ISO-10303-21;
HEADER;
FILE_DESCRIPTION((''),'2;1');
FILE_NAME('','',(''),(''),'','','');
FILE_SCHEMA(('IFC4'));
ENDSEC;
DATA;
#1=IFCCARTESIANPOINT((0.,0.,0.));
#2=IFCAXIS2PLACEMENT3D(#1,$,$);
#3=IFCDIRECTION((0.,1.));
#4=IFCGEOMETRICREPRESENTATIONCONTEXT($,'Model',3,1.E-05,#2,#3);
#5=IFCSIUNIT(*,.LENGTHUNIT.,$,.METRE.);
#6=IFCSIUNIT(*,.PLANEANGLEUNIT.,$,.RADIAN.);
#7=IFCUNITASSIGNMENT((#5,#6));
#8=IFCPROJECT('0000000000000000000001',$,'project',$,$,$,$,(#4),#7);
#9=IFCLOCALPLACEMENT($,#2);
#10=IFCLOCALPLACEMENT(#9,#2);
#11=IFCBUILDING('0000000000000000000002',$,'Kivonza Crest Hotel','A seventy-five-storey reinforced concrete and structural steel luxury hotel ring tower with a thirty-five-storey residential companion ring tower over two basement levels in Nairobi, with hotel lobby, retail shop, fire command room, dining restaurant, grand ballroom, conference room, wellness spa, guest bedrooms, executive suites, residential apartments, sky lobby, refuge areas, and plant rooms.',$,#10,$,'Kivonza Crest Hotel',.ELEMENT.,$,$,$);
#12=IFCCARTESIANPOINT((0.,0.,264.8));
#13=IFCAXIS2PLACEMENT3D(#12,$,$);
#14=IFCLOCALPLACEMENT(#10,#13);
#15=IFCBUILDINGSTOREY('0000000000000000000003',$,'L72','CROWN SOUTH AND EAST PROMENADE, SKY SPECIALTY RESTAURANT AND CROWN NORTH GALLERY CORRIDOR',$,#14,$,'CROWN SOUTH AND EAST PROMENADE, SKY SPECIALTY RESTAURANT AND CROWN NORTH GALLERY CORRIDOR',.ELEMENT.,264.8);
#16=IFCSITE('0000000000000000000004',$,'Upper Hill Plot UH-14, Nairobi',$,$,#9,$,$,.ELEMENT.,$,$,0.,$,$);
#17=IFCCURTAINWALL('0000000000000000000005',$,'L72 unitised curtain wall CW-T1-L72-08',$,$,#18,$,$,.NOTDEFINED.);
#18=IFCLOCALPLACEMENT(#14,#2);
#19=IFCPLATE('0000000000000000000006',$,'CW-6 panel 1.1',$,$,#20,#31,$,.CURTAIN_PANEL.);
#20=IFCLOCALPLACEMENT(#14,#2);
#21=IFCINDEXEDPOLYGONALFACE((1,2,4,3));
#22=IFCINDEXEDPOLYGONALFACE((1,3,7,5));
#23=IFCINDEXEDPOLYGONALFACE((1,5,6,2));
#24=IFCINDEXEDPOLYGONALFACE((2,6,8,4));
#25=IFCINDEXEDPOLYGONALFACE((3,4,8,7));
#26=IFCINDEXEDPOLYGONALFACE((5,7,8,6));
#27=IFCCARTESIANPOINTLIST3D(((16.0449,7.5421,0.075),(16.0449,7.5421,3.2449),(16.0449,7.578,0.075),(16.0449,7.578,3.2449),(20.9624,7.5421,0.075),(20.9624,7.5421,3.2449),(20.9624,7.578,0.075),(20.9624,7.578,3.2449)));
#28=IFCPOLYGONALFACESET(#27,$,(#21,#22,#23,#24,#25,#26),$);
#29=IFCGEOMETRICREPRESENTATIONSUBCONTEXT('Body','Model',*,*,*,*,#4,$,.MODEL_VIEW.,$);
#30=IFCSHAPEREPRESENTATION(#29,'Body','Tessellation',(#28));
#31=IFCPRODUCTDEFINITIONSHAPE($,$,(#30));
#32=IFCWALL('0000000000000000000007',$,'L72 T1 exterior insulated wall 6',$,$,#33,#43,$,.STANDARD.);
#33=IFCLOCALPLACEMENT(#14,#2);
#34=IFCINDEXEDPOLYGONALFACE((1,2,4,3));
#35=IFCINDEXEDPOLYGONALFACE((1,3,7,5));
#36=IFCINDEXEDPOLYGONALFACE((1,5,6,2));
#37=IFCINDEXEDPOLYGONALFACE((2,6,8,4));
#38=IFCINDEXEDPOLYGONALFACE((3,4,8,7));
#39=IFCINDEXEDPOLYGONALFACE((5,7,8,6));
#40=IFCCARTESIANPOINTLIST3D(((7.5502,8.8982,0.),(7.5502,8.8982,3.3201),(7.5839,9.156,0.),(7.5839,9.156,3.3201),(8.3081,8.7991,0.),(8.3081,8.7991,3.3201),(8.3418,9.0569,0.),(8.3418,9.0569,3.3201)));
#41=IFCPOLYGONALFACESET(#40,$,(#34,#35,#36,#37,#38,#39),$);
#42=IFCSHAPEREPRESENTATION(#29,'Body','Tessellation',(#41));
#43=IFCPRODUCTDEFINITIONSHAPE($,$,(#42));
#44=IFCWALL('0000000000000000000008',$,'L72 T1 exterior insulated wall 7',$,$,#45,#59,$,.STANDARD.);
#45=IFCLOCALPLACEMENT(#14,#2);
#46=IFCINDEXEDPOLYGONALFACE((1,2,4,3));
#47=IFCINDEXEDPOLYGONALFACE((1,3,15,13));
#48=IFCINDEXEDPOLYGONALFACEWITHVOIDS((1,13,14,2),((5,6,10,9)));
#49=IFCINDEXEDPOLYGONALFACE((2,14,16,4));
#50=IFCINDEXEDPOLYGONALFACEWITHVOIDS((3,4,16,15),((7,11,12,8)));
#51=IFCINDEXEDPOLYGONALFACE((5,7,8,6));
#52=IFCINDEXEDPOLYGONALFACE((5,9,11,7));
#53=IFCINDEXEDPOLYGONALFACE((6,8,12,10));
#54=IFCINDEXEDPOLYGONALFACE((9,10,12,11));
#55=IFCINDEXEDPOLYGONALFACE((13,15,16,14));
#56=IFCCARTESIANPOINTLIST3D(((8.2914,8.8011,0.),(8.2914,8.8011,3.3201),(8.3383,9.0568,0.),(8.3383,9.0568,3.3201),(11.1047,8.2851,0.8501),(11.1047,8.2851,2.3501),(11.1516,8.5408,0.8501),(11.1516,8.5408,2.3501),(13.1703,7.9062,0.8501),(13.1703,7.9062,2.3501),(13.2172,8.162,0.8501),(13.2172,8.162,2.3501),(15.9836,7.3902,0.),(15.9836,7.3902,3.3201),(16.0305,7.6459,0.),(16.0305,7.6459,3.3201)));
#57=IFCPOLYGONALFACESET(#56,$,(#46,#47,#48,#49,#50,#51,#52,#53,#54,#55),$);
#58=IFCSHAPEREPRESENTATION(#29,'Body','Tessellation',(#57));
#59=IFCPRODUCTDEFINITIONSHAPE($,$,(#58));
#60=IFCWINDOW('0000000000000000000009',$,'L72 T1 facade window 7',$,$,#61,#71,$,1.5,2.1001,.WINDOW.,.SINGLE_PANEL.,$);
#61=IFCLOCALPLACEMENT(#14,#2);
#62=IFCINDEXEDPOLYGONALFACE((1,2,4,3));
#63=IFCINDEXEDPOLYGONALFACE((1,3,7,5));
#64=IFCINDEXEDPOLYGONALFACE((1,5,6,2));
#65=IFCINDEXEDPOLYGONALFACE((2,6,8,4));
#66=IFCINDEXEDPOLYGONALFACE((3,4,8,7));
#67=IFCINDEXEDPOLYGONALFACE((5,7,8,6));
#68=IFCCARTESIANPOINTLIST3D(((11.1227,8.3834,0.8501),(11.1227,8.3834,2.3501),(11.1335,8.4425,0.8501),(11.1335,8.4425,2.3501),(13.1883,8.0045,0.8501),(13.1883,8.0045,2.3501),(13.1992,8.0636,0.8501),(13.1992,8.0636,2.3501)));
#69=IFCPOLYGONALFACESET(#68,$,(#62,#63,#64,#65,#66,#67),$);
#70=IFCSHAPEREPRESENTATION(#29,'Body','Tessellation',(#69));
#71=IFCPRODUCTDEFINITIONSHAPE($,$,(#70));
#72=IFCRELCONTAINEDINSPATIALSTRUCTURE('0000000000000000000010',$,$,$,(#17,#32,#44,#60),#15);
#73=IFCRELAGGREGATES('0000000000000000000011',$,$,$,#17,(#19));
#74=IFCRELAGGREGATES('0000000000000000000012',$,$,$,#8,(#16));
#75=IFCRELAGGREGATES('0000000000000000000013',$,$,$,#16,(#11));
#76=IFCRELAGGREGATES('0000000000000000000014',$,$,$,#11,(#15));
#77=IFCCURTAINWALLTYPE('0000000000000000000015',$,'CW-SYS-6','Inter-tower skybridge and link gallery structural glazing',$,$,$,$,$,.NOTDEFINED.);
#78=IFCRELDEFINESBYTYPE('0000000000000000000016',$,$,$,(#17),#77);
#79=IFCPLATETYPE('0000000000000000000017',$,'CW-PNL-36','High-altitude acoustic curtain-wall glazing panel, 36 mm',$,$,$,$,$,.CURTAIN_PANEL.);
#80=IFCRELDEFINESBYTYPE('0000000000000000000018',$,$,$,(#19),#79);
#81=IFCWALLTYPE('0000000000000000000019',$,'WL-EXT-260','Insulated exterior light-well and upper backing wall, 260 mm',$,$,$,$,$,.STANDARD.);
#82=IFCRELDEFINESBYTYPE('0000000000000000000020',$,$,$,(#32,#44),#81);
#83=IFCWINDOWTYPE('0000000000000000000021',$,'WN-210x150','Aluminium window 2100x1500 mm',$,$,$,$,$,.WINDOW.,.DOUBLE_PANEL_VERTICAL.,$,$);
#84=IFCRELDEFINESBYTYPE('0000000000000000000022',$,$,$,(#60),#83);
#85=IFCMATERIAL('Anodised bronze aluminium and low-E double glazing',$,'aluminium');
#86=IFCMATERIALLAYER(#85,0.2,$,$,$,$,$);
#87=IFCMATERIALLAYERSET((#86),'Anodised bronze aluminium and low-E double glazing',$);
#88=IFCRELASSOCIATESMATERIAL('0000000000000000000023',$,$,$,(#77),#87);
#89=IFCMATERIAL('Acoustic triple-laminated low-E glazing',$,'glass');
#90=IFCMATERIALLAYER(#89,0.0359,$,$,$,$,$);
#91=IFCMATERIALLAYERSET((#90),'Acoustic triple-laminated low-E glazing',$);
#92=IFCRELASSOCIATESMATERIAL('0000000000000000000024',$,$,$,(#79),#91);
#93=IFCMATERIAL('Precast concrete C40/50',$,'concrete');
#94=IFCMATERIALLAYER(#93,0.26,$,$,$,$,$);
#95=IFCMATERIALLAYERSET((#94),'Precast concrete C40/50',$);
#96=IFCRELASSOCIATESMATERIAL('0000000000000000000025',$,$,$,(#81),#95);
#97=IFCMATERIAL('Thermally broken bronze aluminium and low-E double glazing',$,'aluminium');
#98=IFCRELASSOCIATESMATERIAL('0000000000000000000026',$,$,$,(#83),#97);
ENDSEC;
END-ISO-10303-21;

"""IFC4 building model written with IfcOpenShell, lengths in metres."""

from ifc_helpers import new_model, si_unit, direction, frame, frame_2d, origin, origin_2d, place, context, subcontext, project, spatial, rectangle, extrude, material, layer, layer_set, type_object, element, fill, aggregate, save


model = new_model("IFC4")

# Units and contexts
model_context = context("Model", 3, precision=1e-05, world=origin(), true_north=direction((0.0, 1.0)))
body_context = subcontext(model_context, "Body", "Model", "MODEL_VIEW")
ifc_project = project(units=[si_unit("LENGTHUNIT", "METRE"), si_unit("PLANEANGLEUNIT", "RADIAN")], contexts=[model_context])

# Site, building, storey
site_placement = place(None, origin())
site = spatial("IfcSite", under=ifc_project, at=site_placement, Name="Upper Hill Plot UH-14, Nairobi", CompositionType="ELEMENT", RefElevation=0.0)
building_placement = place(site_placement, origin())
building = spatial("IfcBuilding", under=site, at=building_placement, Name="Kivonza Crest Hotel", Description="A seventy-five-storey reinforced concrete and structural steel luxury hotel ring tower with a thirty-five-storey residential companion ring tower over two basement levels in Nairobi, with hotel lobby, retail shop, fire command room, dining restaurant, grand ballroom, conference room, wellness spa, guest bedrooms, executive suites, residential apartments, sky lobby, refuge areas, and plant rooms.", LongName="Kivonza Crest Hotel", CompositionType="ELEMENT")
storey_placement = place(building_placement, frame((0.0, 0.0, 264.8)))
storey = spatial("IfcBuildingStorey", under=building, at=storey_placement, Name="L72", Description="CROWN SOUTH AND EAST PROMENADE, SKY SPECIALTY RESTAURANT AND CROWN NORTH GALLERY CORRIDOR", LongName="CROWN SOUTH AND EAST PROMENADE, SKY SPECIALTY RESTAURANT AND CROWN NORTH GALLERY CORRIDOR", CompositionType="ELEMENT", Elevation=264.8)

# Curtain wall, plate
ifc_material_1 = material(Name="Anodised bronze aluminium and low-E double glazing", Category="aluminium")
ifc_layer_1 = layer(ifc_material_1, 0.2)
ifc_layer_set_1 = layer_set([ifc_layer_1], Name="Anodised bronze aluminium and low-E double glazing")
curtain_wall_type = type_object("IfcCurtainWallType", Name="CW-SYS-6", Description="Inter-tower skybridge and link gallery structural glazing", PredefinedType="NOTDEFINED", material=ifc_layer_set_1)
curtain_wall_placement = place(storey_placement, origin())
curtain_wall = element("IfcCurtainWall", 1, at=curtain_wall_placement, inside=storey, type_object=curtain_wall_type, Name="L72 unitised curtain wall CW-T1-L72-08", PredefinedType="NOTDEFINED")
ifc_material_2 = material(Name="Acoustic triple-laminated low-E glazing", Category="glass")
ifc_layer_2 = layer(ifc_material_2, 0.0359)
ifc_layer_set_2 = layer_set([ifc_layer_2], Name="Acoustic triple-laminated low-E glazing")
plate_type = type_object("IfcPlateType", Name="CW-PNL-36", Description="High-altitude acoustic curtain-wall glazing panel, 36 mm", PredefinedType="CURTAIN_PANEL", material=ifc_layer_set_2)
plate_placement = place(storey_placement, frame((18.5037, 7.5601, 0.075), z_axis=(0.0, 0.0, 1.0), x_axis=(1.0, 0.0, 0.0)))
plate = element("IfcPlate", 2, at=plate_placement, type_object=plate_type, Name="CW-6 panel 1.1", PredefinedType="CURTAIN_PANEL", context=body_context, shape_type="SweptSolid", body=[
    extrude(rectangle(XDim=4.9175, YDim=0.0359, at=origin_2d()), origin(), (0.0, 0.0, 1.0), 3.1699),
])
aggregate(curtain_wall, [plate])

# Wall
ifc_material_3 = material(Name="Precast concrete C40/50", Category="concrete")
ifc_layer_3 = layer(ifc_material_3, 0.26)
ifc_layer_set_3 = layer_set([ifc_layer_3], Name="Precast concrete C40/50")
wall_type = type_object("IfcWallType", Name="WL-EXT-260", Description="Insulated exterior light-well and upper backing wall, 260 mm", PredefinedType="STANDARD", material=ifc_layer_set_3)
wall_1_placement = place(storey_placement, frame((7.5669, 9.0271, 0.0), z_axis=(0.0, 0.0, 1.0), x_axis=(0.991559, -0.129653, 0.0)))
element("IfcWall", 3, at=wall_1_placement, inside=storey, type_object=wall_type, Name="L72 T1 exterior insulated wall 6", PredefinedType="STANDARD", context=body_context, shape_type="SweptSolid", body=[
    extrude(rectangle(XDim=0.7644, YDim=0.26, at=frame_2d((0.3823, 0.0))), origin(), (0.0, 0.0, 1.0), 3.3201),
])

# Wall, opening, window
wall_2_placement = place(storey_placement, frame((8.3149, 8.929, 0.0), z_axis=(0.0, 0.0, 1.0), x_axis=(0.983592, -0.18041, 0.0)))
wall_2 = element("IfcWall", 4, at=wall_2_placement, inside=storey, type_object=wall_type, Name="L72 T1 exterior insulated wall 7", PredefinedType="STANDARD", context=body_context, shape_type="SweptSolid", body=[
    extrude(rectangle(XDim=7.8206, YDim=0.26, at=frame_2d((3.9102, 0.0))), origin(), (0.0, 0.0, 1.0), 3.3201),
])
opening_placement = place(wall_2_placement, frame((2.8601, 0.0, 0.8501)))
opening = element("IfcOpeningElement", 5, at=opening_placement, cuts=wall_2, PredefinedType="OPENING", context=body_context, shape_type="SweptSolid", body=[
    extrude(rectangle(XDim=2.1001, YDim=1.5, at=frame_2d((1.05, 0.75))), frame((0.0, 0.1401, 0.0), z_axis=(0.0, -1.0, 0.0), x_axis=(1.0, 0.0, 0.0)), (0.0, 0.0, 1.0), 0.28),
])
ifc_material_4 = material(Name="Thermally broken bronze aluminium and low-E double glazing", Category="aluminium")
window_type = type_object("IfcWindowType", Name="WN-210x150", Description="Aluminium window 2100x1500 mm", PartitioningType="DOUBLE_PANEL_VERTICAL", PredefinedType="WINDOW", material=ifc_material_4)
window_placement = place(opening_placement, origin())
window = element("IfcWindow", 6, at=window_placement, inside=storey, type_object=window_type, Name="L72 T1 facade window 7", OverallHeight=1.5, OverallWidth=2.1001, PartitioningType="SINGLE_PANEL", PredefinedType="WINDOW", context=body_context, shape_type="SweptSolid", body=[
    extrude(rectangle(XDim=2.1001, YDim=1.5, at=frame_2d((1.05, 0.75))), frame((0.0, 0.03, 0.0), z_axis=(0.0, -1.0, 0.0), x_axis=(1.0, 0.0, 0.0)), (0.0, 0.0, 1.0), 0.0601),
])
fill(opening, window)

save(model, "model.ifc")
